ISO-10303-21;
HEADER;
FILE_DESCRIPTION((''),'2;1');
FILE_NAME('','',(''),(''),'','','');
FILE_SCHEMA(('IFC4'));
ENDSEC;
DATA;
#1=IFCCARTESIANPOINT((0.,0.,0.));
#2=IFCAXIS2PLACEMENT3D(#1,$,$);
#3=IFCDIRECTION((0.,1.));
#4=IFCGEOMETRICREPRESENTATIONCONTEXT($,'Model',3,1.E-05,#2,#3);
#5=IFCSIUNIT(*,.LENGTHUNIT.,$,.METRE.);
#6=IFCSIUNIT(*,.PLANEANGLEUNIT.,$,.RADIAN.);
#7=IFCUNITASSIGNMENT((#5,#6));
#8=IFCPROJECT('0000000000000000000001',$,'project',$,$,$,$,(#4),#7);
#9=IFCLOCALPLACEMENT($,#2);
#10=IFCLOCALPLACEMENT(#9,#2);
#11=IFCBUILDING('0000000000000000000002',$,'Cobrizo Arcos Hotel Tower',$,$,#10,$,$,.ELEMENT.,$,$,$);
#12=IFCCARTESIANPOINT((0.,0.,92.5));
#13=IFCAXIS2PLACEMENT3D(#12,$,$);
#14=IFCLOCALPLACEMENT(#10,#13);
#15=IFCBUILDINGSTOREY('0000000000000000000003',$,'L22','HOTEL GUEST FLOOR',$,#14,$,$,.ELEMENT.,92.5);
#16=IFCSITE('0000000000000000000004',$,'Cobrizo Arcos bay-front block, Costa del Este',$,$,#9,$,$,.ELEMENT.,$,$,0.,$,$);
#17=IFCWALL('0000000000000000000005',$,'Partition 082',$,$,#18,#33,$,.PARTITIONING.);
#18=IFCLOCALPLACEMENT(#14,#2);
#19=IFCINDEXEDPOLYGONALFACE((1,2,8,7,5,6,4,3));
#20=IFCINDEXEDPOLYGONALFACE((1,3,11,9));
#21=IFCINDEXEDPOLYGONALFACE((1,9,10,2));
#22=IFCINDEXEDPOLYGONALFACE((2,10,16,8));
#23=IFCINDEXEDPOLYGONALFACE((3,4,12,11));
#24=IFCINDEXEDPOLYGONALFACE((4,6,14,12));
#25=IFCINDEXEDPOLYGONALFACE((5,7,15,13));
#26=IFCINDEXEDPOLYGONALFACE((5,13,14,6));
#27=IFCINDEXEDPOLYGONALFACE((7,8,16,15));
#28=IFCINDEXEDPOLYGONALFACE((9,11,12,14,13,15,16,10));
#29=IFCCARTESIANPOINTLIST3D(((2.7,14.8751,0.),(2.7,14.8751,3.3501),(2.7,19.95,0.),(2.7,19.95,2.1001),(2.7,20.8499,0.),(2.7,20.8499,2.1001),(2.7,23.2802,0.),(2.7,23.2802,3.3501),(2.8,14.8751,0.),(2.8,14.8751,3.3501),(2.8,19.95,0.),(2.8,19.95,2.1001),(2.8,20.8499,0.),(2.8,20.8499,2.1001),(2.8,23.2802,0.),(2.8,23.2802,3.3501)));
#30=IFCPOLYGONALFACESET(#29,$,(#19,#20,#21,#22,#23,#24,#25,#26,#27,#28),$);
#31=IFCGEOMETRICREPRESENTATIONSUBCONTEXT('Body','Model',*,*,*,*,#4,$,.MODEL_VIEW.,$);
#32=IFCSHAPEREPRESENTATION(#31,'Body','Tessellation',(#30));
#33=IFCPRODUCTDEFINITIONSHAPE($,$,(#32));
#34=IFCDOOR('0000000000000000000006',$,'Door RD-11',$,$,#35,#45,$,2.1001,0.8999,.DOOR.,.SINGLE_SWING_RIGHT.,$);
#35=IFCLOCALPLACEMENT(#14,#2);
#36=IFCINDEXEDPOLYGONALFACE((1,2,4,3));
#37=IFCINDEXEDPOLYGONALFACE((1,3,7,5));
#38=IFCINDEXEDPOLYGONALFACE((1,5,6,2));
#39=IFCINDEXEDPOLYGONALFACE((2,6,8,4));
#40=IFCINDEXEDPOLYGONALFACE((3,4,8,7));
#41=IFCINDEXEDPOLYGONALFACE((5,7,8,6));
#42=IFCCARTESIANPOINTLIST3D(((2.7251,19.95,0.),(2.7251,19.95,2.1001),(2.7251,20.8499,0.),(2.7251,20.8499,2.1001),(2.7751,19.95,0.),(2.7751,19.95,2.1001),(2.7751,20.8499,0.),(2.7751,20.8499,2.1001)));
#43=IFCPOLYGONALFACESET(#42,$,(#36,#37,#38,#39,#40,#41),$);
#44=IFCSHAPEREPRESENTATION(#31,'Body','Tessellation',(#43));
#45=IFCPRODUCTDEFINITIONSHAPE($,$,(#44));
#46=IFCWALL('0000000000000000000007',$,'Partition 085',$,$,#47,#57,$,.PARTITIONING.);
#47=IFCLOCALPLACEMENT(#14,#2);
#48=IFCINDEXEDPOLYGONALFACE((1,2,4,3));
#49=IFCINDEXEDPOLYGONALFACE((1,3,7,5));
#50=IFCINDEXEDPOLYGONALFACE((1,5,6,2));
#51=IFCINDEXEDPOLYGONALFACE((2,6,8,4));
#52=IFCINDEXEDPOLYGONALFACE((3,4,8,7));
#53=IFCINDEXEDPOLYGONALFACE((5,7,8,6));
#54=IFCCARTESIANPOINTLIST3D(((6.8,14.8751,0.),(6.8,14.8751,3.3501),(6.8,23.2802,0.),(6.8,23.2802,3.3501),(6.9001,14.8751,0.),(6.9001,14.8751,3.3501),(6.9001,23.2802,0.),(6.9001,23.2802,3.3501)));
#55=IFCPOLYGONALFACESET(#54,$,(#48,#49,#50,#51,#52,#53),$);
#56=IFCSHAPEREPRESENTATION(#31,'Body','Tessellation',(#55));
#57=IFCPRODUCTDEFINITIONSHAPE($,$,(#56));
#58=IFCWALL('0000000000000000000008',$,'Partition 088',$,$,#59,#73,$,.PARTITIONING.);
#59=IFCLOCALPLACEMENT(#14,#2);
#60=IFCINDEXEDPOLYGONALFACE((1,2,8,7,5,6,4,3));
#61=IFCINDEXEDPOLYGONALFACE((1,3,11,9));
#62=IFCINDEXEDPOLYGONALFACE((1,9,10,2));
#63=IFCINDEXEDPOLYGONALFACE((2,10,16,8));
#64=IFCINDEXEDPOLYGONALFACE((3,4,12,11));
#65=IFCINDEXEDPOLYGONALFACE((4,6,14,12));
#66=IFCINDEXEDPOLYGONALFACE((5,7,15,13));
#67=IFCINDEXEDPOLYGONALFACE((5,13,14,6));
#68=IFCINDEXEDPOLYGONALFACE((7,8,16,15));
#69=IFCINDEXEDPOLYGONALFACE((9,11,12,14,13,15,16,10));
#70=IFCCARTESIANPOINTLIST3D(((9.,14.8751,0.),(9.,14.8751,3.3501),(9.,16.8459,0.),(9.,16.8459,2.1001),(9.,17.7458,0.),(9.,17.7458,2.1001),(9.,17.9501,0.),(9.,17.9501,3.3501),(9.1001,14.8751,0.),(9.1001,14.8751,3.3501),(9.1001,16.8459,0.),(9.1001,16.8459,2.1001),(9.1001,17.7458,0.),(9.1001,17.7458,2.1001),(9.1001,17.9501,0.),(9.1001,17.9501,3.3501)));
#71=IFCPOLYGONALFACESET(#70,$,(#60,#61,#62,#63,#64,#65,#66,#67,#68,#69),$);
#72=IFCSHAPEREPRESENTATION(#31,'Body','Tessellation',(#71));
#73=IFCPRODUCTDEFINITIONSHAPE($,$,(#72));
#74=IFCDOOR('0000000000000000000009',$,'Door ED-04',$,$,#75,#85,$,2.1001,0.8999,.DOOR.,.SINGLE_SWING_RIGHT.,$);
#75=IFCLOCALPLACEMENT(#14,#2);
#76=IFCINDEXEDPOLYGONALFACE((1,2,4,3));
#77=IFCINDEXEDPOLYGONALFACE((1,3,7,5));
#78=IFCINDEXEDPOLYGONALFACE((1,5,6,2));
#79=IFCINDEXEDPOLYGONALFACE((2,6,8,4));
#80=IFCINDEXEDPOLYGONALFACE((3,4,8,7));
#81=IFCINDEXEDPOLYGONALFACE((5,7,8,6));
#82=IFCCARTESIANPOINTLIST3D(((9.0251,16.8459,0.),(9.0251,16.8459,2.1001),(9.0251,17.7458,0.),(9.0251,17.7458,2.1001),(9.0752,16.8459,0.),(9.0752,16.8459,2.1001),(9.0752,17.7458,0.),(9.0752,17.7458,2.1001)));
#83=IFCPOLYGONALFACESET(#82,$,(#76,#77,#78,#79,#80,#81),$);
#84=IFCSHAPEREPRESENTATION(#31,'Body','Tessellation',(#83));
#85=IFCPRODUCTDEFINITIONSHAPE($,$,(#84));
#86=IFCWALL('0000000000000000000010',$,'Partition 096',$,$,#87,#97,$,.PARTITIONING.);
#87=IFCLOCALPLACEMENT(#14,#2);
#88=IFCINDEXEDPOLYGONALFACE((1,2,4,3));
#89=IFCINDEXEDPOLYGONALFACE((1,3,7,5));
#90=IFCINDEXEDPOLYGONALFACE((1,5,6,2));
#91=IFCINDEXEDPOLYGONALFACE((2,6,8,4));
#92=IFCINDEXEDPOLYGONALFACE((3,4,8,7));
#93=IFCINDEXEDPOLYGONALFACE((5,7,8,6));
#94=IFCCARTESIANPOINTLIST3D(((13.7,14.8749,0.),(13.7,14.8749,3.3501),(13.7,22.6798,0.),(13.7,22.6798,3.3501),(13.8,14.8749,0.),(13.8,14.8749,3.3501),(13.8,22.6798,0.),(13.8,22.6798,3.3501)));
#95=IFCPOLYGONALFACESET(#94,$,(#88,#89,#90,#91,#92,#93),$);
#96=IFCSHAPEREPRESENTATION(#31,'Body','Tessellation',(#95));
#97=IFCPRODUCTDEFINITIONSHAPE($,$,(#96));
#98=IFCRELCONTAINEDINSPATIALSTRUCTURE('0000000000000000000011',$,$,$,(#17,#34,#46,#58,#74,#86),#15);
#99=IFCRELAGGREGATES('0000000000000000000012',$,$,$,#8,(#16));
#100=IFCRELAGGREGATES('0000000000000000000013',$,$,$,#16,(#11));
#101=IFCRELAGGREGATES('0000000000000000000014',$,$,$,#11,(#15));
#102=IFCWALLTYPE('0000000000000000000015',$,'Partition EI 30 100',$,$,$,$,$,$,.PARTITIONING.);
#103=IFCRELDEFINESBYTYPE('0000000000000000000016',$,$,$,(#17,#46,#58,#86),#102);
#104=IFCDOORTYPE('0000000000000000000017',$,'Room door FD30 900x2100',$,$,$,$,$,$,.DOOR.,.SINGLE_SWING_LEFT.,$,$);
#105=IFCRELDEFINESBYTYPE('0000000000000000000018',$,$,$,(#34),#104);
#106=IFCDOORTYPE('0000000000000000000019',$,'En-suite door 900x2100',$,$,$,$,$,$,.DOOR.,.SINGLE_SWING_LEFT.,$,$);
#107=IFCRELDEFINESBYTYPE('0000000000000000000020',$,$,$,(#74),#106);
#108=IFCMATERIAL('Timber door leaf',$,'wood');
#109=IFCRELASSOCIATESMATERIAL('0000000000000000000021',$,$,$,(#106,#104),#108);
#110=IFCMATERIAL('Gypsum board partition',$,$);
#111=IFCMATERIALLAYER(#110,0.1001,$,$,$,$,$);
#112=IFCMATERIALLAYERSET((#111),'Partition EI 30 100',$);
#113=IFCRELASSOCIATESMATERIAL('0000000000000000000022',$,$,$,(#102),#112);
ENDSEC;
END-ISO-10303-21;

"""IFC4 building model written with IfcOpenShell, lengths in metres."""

from ifc_helpers import new_model, si_unit, direction, frame, frame_2d, origin, place, context, subcontext, project, spatial, rectangle, extrude, material, layer, layer_set, type_object, element, fill, save


model = new_model("IFC4")

# Units and contexts
model_context = context("Model", 3, precision=1e-05, world=origin(), true_north=direction((0.0, 1.0)))
body_context = subcontext(model_context, "Body", "Model", "MODEL_VIEW")
ifc_project = project(units=[si_unit("LENGTHUNIT", "METRE"), si_unit("PLANEANGLEUNIT", "RADIAN")], contexts=[model_context])

# Site, building, storey
site_placement = place(None, origin())
site = spatial("IfcSite", under=ifc_project, at=site_placement, Name="Cobrizo Arcos bay-front block, Costa del Este", CompositionType="ELEMENT", RefElevation=0.0)
building_placement = place(site_placement, origin())
building = spatial("IfcBuilding", under=site, at=building_placement, Name="Cobrizo Arcos Hotel Tower", CompositionType="ELEMENT")
storey_placement = place(building_placement, frame((0.0, 0.0, 92.5)))
storey = spatial("IfcBuildingStorey", under=building, at=storey_placement, Name="L22", Description="HOTEL GUEST FLOOR", CompositionType="ELEMENT", Elevation=92.5)

# Shared definitions
ifc_material_1 = material(Name="Gypsum board partition")
ifc_material_2 = material(Name="Timber door leaf", Category="wood")
door_type_1 = type_object("IfcDoorType", Name="En-suite door 900x2100", OperationType="SINGLE_SWING_LEFT", PredefinedType="DOOR", material=ifc_material_2)

# Shared definitions
ifc_layer_1 = layer(ifc_material_1, 0.1001)
ifc_layer_set_1 = layer_set([ifc_layer_1], Name="Partition EI 30 100")
wall_type_1 = type_object("IfcWallType", Name="Partition EI 30 100", PredefinedType="PARTITIONING", material=ifc_layer_set_1)

# Wall, opening, door
wall_1_placement = place(storey_placement, frame((2.75, 14.875, 0.0), z_axis=(0.0, 0.0, 1.0), x_axis=(0.0, 1.0, 0.0)))
wall_1 = element("IfcWall", 1, at=wall_1_placement, inside=storey, type_object=wall_type_1, Name="Partition 082", PredefinedType="PARTITIONING", context=body_context, shape_type="SweptSolid", body=[
    extrude(rectangle(XDim=8.405, YDim=0.1001, at=frame_2d((4.2026, 0.0))), origin(), (0.0, 0.0, 1.0), 3.3501),
])
opening_1_placement = place(wall_1_placement, frame((5.075, 0.0, 0.0)))
opening_1 = element("IfcOpeningElement", 2, at=opening_1_placement, cuts=wall_1, PredefinedType="OPENING", context=body_context, shape_type="SweptSolid", body=[
    extrude(rectangle(XDim=0.8999, YDim=2.1001, at=frame_2d((0.45, 1.05))), frame((0.0, 0.062, 0.0), z_axis=(0.0, -1.0, 0.0), x_axis=(1.0, 0.0, 0.0)), (0.0, 0.0, 1.0), 0.124),
])
door_type_2 = type_object("IfcDoorType", Name="Room door FD30 900x2100", OperationType="SINGLE_SWING_LEFT", PredefinedType="DOOR", material=ifc_material_2)
door_1_placement = place(opening_1_placement, origin())
door_1 = element("IfcDoor", 3, at=door_1_placement, inside=storey, type_object=door_type_2, Name="Door RD-11", OperationType="SINGLE_SWING_RIGHT", OverallHeight=2.1001, OverallWidth=0.8999, PredefinedType="DOOR", context=body_context, shape_type="SweptSolid", body=[
    extrude(rectangle(XDim=0.8999, YDim=2.1001, at=frame_2d((0.45, 1.05))), frame((0.0, 0.0249, 0.0), z_axis=(0.0, -1.0, 0.0), x_axis=(1.0, 0.0, 0.0)), (0.0, 0.0, 1.0), 0.05),
])
fill(opening_1, door_1)

# Wall
wall_2_placement = place(storey_placement, frame((6.8501, 14.875, 0.0), z_axis=(0.0, 0.0, 1.0), x_axis=(0.0, 1.0, 0.0)))
element("IfcWall", 4, at=wall_2_placement, inside=storey, type_object=wall_type_1, Name="Partition 085", PredefinedType="PARTITIONING", context=body_context, shape_type="SweptSolid", body=[
    extrude(rectangle(XDim=8.405, YDim=0.1001, at=frame_2d((4.2026, 0.0))), origin(), (0.0, 0.0, 1.0), 3.3501),
])

# Wall, opening, door
wall_3_placement = place(storey_placement, frame((9.05, 14.875, 0.0), z_axis=(0.0, 0.0, 1.0), x_axis=(0.0, 1.0, 0.0)))
wall_3 = element("IfcWall", 5, at=wall_3_placement, inside=storey, type_object=wall_type_1, Name="Partition 088", PredefinedType="PARTITIONING", context=body_context, shape_type="SweptSolid", body=[
    extrude(rectangle(XDim=3.075, YDim=0.1001, at=frame_2d((1.5376, 0.0))), origin(), (0.0, 0.0, 1.0), 3.3501),
])
opening_2_placement = place(wall_3_placement, frame((1.9709, 0.0, 0.0)))
opening_2 = element("IfcOpeningElement", 6, at=opening_2_placement, cuts=wall_3, PredefinedType="OPENING", context=body_context, shape_type="SweptSolid", body=[
    extrude(rectangle(XDim=0.8999, YDim=2.1001, at=frame_2d((0.45, 1.05))), frame((0.0, 0.062, 0.0), z_axis=(0.0, -1.0, 0.0), x_axis=(1.0, 0.0, 0.0)), (0.0, 0.0, 1.0), 0.124),
])
door_2_placement = place(opening_2_placement, origin())
door_2 = element("IfcDoor", 7, at=door_2_placement, inside=storey, type_object=door_type_1, Name="Door ED-04", OperationType="SINGLE_SWING_RIGHT", OverallHeight=2.1001, OverallWidth=0.8999, PredefinedType="DOOR", context=body_context, shape_type="SweptSolid", body=[
    extrude(rectangle(XDim=0.8999, YDim=2.1001, at=frame_2d((0.45, 1.05))), frame((0.0, 0.0249, 0.0), z_axis=(0.0, -1.0, 0.0), x_axis=(1.0, 0.0, 0.0)), (0.0, 0.0, 1.0), 0.05),
])
fill(opening_2, door_2)

# Wall
wall_4_placement = place(storey_placement, frame((13.75, 14.875, 0.0), z_axis=(0.0, 0.0, 1.0), x_axis=(0.0, 1.0, 0.0)))
element("IfcWall", 8, at=wall_4_placement, inside=storey, type_object=wall_type_1, Name="Partition 096", PredefinedType="PARTITIONING", context=body_context, shape_type="SweptSolid", body=[
    extrude(rectangle(XDim=7.8049, YDim=0.1001, at=frame_2d((3.9023, 0.0))), origin(), (0.0, 0.0, 1.0), 3.3501),
])

save(model, "model.ifc")
